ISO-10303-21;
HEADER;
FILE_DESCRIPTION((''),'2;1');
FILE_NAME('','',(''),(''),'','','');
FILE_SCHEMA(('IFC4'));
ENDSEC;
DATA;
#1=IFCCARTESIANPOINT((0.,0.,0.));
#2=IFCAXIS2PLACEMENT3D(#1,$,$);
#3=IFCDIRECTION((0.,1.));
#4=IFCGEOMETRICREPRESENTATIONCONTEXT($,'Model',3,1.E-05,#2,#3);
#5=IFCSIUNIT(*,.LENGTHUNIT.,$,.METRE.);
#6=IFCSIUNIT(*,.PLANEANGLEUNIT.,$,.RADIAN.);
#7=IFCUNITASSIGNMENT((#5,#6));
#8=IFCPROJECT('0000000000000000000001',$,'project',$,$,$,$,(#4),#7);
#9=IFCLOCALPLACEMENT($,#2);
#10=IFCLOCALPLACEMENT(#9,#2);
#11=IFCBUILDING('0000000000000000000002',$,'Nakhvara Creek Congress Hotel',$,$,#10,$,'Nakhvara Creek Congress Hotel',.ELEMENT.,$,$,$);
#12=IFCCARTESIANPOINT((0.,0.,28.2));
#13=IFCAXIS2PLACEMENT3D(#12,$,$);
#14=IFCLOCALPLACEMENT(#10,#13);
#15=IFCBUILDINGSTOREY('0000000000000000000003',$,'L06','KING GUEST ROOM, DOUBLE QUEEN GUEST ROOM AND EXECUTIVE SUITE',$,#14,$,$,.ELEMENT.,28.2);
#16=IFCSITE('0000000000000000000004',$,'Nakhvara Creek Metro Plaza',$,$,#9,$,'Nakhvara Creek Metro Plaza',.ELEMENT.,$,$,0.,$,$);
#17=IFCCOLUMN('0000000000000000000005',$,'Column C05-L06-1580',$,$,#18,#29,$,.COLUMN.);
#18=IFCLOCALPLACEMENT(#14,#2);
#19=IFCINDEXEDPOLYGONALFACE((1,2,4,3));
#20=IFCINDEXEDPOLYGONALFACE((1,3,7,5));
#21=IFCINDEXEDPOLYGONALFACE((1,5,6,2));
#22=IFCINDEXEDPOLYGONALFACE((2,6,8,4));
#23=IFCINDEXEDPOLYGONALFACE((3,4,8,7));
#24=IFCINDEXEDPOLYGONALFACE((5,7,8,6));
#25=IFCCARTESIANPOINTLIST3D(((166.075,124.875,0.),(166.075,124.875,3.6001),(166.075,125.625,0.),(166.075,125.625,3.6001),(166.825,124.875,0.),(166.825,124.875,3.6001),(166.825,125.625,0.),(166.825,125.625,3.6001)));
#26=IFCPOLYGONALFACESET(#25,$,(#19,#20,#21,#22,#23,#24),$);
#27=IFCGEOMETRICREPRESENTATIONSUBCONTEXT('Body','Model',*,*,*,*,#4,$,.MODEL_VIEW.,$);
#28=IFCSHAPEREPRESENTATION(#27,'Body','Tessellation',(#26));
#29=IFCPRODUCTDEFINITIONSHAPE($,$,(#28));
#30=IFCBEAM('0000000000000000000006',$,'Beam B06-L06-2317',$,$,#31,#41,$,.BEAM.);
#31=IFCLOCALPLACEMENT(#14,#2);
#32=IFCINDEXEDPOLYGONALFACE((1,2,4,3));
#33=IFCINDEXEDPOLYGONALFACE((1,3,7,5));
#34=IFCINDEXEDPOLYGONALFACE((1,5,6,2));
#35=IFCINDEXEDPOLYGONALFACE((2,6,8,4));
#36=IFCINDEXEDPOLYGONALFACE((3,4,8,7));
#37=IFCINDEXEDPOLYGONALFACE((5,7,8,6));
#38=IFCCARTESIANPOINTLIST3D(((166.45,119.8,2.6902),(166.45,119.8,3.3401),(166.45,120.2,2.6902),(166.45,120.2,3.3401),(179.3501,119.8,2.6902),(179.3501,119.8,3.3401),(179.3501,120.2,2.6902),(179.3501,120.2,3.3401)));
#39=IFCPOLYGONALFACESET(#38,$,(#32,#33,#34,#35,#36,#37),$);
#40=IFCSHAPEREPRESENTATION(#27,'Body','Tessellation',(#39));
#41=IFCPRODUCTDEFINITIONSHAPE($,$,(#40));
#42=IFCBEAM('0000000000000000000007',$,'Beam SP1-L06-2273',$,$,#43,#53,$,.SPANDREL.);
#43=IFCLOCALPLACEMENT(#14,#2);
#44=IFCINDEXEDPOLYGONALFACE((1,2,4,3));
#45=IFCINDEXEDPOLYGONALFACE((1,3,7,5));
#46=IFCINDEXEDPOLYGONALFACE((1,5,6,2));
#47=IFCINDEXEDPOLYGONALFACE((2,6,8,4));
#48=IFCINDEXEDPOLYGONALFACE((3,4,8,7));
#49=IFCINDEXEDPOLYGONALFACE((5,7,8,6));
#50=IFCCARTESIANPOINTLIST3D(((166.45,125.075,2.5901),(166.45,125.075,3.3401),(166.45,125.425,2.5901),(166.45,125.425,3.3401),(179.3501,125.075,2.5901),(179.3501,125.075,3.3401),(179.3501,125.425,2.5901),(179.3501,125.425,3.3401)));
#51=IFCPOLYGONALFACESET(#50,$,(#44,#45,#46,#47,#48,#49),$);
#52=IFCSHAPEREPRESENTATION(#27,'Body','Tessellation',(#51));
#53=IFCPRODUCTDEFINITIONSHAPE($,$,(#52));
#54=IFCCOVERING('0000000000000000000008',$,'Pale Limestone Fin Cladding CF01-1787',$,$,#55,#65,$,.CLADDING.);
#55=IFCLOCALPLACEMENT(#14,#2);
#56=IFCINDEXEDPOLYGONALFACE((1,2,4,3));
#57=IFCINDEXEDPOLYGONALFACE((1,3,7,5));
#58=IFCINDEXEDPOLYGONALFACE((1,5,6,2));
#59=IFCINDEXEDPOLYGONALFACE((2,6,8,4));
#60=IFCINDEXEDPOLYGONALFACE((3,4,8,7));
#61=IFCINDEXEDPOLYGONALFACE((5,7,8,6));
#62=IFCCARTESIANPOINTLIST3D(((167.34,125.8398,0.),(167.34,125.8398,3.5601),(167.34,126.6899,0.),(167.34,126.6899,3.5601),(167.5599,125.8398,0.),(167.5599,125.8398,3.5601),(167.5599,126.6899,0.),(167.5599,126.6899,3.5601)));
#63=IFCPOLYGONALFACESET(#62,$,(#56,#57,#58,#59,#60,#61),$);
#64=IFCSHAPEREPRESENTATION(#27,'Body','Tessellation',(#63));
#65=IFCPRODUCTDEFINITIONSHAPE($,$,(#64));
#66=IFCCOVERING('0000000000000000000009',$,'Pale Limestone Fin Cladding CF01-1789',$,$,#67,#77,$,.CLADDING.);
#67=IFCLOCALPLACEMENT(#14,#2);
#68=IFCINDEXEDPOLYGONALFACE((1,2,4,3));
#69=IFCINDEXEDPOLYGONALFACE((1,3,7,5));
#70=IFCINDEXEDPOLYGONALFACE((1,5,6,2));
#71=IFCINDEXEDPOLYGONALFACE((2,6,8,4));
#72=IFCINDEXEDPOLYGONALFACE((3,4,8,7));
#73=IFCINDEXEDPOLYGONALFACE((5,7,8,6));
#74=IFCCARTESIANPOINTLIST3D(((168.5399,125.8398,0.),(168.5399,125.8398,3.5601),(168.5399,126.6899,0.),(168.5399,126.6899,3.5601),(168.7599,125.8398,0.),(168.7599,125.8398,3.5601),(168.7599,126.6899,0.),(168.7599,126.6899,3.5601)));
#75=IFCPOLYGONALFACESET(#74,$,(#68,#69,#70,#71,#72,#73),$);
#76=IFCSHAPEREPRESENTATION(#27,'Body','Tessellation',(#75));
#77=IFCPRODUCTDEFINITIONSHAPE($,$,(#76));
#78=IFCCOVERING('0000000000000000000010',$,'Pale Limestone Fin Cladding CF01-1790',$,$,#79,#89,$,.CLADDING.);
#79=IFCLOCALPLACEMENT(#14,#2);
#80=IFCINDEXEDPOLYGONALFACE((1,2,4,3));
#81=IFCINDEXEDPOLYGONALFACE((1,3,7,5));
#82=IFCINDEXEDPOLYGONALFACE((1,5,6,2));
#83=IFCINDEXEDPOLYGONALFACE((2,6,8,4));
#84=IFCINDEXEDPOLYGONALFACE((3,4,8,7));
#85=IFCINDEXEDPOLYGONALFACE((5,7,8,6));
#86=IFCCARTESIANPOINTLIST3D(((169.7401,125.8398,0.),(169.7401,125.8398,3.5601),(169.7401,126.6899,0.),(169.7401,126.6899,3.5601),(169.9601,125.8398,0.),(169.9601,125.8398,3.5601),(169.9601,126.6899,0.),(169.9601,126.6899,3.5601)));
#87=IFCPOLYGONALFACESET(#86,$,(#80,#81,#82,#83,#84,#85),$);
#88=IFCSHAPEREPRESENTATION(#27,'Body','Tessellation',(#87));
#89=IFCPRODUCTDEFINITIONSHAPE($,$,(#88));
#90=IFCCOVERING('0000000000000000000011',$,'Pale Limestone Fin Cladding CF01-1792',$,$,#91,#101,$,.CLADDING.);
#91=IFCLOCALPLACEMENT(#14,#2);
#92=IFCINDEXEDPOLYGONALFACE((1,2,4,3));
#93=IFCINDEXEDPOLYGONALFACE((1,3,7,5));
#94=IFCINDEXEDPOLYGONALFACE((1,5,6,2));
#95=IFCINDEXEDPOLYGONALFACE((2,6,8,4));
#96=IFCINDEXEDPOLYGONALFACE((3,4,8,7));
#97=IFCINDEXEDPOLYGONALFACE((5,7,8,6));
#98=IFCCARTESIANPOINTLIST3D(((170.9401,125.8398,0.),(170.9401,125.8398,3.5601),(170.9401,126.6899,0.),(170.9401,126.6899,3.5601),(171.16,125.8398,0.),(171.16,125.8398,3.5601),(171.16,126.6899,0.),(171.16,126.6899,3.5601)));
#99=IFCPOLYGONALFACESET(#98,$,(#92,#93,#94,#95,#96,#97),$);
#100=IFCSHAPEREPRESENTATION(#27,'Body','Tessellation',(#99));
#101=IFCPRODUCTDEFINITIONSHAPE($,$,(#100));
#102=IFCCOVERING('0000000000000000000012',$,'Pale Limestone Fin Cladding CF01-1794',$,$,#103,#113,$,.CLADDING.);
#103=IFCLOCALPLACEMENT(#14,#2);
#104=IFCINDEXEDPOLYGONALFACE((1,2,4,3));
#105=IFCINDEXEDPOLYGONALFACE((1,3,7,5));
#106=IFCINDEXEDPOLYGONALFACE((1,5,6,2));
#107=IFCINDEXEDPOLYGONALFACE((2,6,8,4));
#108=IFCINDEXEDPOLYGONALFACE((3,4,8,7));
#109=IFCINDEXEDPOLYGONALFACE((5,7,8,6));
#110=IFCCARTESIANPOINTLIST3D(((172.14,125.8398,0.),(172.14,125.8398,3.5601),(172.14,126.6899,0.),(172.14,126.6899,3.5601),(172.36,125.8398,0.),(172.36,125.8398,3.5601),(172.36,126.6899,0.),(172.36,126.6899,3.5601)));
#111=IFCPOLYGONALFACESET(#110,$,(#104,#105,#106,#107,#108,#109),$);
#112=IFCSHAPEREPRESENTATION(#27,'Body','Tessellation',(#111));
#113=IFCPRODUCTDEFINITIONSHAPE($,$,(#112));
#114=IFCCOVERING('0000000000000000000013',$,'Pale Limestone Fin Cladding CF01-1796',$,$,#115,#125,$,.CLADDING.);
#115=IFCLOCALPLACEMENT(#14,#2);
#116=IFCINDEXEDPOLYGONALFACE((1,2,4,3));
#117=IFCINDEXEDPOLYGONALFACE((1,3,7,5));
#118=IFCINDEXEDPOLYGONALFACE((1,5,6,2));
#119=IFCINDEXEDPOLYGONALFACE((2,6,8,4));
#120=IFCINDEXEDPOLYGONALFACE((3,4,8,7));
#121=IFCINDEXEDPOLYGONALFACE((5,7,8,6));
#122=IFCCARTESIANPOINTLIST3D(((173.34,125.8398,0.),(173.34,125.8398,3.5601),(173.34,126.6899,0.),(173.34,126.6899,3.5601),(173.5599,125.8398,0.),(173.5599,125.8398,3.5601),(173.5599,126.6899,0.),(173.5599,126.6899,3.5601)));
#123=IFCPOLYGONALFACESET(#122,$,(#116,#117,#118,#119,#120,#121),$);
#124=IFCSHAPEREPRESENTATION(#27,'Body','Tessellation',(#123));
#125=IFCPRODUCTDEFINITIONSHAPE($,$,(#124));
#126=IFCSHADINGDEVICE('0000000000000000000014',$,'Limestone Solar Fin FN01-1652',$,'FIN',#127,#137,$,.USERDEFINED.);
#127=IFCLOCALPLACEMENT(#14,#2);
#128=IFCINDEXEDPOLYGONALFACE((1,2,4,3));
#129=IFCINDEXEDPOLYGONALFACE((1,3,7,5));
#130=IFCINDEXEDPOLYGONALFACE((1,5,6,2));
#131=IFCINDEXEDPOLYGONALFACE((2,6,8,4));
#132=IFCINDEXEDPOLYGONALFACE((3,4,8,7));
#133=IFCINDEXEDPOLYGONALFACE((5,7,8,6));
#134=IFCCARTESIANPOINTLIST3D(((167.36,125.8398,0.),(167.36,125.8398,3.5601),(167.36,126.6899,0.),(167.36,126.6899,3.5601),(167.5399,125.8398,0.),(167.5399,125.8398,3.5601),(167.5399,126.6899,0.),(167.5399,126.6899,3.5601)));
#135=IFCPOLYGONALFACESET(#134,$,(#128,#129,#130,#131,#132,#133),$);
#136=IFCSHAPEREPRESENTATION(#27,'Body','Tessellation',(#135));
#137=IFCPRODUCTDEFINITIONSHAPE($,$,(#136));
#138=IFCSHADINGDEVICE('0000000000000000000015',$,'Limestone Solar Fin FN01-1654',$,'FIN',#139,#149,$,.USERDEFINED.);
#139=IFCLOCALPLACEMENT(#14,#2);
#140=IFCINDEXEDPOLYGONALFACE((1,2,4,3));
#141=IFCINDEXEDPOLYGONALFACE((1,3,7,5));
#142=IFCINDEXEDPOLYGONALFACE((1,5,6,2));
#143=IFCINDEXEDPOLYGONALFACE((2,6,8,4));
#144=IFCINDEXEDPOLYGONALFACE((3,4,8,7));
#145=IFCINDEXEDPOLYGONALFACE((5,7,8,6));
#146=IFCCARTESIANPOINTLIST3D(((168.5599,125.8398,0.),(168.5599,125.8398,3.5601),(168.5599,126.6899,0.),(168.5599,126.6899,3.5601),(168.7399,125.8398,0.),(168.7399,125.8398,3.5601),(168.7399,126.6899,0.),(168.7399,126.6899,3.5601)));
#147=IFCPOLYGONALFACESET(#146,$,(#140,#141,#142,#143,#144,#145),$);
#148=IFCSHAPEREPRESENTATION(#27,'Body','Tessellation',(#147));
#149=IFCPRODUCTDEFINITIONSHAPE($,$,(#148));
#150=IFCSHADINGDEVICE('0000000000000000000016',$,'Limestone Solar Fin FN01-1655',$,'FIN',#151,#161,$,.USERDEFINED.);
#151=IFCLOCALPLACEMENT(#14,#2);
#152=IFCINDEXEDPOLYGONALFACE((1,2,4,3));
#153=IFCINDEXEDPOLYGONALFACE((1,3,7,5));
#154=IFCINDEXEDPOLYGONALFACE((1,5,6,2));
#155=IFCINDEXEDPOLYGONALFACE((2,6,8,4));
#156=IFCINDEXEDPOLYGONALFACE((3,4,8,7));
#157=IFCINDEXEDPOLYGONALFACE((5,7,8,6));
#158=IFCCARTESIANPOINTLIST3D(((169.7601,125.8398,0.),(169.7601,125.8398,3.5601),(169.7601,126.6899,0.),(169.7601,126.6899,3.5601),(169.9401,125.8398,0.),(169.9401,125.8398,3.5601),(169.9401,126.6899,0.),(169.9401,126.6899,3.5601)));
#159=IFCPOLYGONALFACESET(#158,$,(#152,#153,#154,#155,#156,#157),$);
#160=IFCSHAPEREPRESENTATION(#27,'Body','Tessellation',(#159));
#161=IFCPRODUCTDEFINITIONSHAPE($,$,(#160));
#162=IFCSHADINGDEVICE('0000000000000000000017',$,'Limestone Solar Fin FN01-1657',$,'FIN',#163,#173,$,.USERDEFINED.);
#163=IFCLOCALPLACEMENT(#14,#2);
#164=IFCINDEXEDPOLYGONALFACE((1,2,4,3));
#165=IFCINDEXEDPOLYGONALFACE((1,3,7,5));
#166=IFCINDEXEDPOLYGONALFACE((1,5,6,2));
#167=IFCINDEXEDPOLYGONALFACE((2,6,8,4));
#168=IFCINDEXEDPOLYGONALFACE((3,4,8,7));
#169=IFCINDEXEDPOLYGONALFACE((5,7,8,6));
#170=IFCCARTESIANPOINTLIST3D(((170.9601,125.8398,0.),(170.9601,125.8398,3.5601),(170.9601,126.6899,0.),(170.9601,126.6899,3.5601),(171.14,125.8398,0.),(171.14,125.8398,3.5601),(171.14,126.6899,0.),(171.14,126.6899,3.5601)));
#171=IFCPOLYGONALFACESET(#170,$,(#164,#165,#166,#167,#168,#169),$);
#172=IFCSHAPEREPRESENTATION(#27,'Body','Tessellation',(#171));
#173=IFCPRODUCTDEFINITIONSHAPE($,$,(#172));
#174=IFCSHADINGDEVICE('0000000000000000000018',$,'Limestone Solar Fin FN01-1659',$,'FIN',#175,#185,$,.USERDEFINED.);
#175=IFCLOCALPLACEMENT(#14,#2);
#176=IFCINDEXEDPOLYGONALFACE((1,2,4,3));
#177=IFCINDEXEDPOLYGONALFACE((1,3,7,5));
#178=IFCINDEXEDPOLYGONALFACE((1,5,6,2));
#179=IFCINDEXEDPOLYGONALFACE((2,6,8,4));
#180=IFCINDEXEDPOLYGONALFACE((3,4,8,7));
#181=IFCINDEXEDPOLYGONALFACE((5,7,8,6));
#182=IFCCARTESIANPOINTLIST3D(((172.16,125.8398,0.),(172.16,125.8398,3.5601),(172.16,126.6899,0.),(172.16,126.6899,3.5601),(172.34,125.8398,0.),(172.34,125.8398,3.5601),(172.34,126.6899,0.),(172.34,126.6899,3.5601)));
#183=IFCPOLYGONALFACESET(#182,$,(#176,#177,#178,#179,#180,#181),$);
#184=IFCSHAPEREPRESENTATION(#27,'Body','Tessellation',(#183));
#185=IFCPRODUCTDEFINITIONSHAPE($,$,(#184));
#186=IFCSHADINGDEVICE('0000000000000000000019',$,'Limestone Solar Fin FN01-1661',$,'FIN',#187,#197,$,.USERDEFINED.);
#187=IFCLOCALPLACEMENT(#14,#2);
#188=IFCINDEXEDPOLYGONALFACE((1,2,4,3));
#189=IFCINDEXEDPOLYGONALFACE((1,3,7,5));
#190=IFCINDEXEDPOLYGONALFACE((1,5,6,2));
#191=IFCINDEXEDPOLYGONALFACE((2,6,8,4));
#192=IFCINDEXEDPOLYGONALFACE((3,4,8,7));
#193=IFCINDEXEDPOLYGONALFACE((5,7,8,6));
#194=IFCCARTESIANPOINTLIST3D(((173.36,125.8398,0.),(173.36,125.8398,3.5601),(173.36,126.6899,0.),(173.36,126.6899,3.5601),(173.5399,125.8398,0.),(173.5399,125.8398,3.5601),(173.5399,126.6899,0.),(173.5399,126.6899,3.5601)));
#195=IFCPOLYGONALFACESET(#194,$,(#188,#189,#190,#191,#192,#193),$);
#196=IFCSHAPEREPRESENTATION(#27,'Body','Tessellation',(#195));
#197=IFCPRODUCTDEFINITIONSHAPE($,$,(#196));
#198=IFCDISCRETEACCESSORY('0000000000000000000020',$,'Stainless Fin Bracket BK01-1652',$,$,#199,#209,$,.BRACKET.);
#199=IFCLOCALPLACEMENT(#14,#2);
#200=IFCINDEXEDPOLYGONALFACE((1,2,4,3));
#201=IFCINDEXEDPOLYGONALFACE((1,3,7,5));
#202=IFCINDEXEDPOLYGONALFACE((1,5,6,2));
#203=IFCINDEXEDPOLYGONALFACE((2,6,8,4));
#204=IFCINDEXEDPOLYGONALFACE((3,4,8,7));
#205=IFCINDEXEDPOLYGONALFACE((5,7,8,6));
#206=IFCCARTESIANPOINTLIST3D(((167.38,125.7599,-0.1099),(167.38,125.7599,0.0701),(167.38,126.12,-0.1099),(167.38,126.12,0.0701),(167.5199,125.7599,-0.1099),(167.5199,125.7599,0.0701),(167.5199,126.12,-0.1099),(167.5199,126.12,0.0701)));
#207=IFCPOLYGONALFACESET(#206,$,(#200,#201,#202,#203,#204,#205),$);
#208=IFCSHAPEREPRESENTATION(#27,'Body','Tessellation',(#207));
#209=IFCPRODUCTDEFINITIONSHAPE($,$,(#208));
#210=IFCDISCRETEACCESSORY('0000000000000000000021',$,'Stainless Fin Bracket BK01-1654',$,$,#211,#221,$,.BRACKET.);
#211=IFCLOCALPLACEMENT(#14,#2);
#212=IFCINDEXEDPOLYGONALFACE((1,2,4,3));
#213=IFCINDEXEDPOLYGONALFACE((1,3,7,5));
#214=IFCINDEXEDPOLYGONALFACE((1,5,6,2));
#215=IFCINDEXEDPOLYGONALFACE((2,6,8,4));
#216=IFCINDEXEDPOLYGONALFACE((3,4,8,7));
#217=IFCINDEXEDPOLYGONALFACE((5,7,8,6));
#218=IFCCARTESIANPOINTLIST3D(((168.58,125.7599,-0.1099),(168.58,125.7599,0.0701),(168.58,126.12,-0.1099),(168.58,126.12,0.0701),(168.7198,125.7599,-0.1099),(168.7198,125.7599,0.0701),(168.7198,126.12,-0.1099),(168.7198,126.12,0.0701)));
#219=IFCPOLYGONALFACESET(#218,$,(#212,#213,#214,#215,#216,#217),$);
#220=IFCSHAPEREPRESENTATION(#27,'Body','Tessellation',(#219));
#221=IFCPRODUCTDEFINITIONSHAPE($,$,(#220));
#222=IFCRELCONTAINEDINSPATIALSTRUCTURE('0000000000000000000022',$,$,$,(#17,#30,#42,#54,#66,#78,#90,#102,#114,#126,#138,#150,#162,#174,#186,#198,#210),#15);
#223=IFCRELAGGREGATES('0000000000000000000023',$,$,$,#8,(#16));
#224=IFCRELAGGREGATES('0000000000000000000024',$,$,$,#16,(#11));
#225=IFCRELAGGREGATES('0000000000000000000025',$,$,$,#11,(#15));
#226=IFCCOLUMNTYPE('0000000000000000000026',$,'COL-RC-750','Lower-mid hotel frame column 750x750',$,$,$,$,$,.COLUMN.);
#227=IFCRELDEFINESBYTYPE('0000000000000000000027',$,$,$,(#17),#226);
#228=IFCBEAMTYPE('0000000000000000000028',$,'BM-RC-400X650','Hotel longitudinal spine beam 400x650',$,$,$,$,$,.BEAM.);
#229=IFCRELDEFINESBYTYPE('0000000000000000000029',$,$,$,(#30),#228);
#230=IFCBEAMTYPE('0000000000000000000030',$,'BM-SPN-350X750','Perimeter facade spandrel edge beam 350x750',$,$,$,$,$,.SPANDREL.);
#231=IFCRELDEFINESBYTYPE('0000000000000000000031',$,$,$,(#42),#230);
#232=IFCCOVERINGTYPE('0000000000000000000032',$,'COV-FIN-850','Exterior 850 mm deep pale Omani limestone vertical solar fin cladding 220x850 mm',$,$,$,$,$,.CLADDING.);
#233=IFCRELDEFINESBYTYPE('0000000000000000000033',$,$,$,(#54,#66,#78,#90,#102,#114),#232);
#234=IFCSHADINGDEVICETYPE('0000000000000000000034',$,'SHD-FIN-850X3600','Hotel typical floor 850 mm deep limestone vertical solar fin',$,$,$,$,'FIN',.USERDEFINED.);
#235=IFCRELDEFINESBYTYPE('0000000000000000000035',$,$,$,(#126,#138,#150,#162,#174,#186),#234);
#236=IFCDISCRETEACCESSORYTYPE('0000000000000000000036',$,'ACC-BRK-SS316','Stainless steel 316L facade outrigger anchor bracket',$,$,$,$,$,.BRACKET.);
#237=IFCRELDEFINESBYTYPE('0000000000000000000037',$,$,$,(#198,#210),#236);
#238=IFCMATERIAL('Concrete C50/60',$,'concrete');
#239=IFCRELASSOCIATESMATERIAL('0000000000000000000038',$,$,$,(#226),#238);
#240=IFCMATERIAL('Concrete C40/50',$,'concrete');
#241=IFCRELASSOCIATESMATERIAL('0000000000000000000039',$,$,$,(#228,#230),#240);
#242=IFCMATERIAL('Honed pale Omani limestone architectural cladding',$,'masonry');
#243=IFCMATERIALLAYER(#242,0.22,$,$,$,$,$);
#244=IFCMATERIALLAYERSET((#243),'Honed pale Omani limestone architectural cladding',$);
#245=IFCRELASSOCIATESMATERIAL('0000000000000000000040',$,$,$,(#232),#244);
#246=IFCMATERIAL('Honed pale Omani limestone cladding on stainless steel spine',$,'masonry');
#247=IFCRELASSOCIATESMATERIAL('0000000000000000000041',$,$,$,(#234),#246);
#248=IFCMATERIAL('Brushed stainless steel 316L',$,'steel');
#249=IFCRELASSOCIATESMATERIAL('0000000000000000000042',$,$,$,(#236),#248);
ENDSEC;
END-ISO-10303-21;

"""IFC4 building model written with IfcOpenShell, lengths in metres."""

from ifc_helpers import new_model, si_unit, direction, frame, origin, origin_2d, place, context, subcontext, project, spatial, rectangle, extrude, material, layer, layer_set, material_profile, profile_set, type_object, element, save


model = new_model("IFC4")

# Units and contexts
model_context = context("Model", 3, precision=1e-05, world=origin(), true_north=direction((0.0, 1.0)))
body_context = subcontext(model_context, "Body", "Model", "MODEL_VIEW")
ifc_project = project(units=[si_unit("LENGTHUNIT", "METRE"), si_unit("PLANEANGLEUNIT", "RADIAN")], contexts=[model_context])

# Site, building, storey
site_placement = place(None, origin())
site = spatial("IfcSite", under=ifc_project, at=site_placement, Name="Nakhvara Creek Metro Plaza", LongName="Nakhvara Creek Metro Plaza", CompositionType="ELEMENT", RefElevation=0.0)
building_placement = place(site_placement, origin())
building = spatial("IfcBuilding", under=site, at=building_placement, Name="Nakhvara Creek Congress Hotel", LongName="Nakhvara Creek Congress Hotel", CompositionType="ELEMENT")
storey_placement = place(building_placement, frame((0.0, 0.0, 28.2)))
storey = spatial("IfcBuildingStorey", under=building, at=storey_placement, Name="L06", Description="KING GUEST ROOM, DOUBLE QUEEN GUEST ROOM AND EXECUTIVE SUITE", CompositionType="ELEMENT", Elevation=28.2)

# Column
ifc_material_1 = material(Name="Concrete C50/60", Category="concrete")
ifc_material_profile_1 = material_profile(ifc_material_1, rectangle(XDim=0.75, YDim=0.75, at=origin_2d()), Name="RC-COL 750x750", Category="LoadBearing")
ifc_profile_set_1 = profile_set([ifc_material_profile_1], Name="Concrete C50/60")
column_type = type_object("IfcColumnType", Name="COL-RC-750", Description="Lower-mid hotel frame column 750x750", PredefinedType="COLUMN", material=ifc_profile_set_1)
column_placement = place(storey_placement, frame((166.45, 125.25, 0.0), z_axis=(0.0, 0.0, 1.0), x_axis=(1.0, 0.0, 0.0)))
element("IfcColumn", 1, at=column_placement, inside=storey, type_object=column_type, Name="Column C05-L06-1580", PredefinedType="COLUMN", context=body_context, shape_type="SweptSolid", body=[
    extrude(rectangle(XDim=0.75, YDim=0.75, at=origin_2d()), origin(), (0.0, 0.0, 1.0), 3.6001),
])

# Beams
ifc_material_2 = material(Name="Concrete C40/50", Category="concrete")
ifc_material_profile_2 = material_profile(ifc_material_2, rectangle(XDim=0.3999, YDim=0.6499, at=origin_2d()), Name="RC-BM 400x650", Category="LoadBearing")
ifc_profile_set_2 = profile_set([ifc_material_profile_2], Name="Concrete C40/50")
beam_type_1 = type_object("IfcBeamType", Name="BM-RC-400X650", Description="Hotel longitudinal spine beam 400x650", PredefinedType="BEAM", material=ifc_profile_set_2)
beam_1_placement = place(storey_placement, frame((166.45, 120.0, 3.0151), z_axis=(1.0, 0.0, 0.0), x_axis=(0.0, 1.0, 0.0)))
element("IfcBeam", 2, at=beam_1_placement, inside=storey, type_object=beam_type_1, Name="Beam B06-L06-2317", PredefinedType="BEAM", context=body_context, shape_type="SweptSolid", body=[
    extrude(rectangle(XDim=0.3999, YDim=0.6499, at=origin_2d()), origin(), (0.0, 0.0, 1.0), 12.9001),
])
ifc_material_profile_3 = material_profile(ifc_material_2, rectangle(XDim=0.3501, YDim=0.75, at=origin_2d()), Name="RC-SPANDREL 350x750", Category="LoadBearing")
ifc_profile_set_3 = profile_set([ifc_material_profile_3], Name="Concrete C40/50")
beam_type_2 = type_object("IfcBeamType", Name="BM-SPN-350X750", Description="Perimeter facade spandrel edge beam 350x750", PredefinedType="SPANDREL", material=ifc_profile_set_3)
beam_2_placement = place(storey_placement, frame((166.45, 125.25, 2.9651), z_axis=(1.0, 0.0, 0.0), x_axis=(0.0, 1.0, 0.0)))
element("IfcBeam", 3, at=beam_2_placement, inside=storey, type_object=beam_type_2, Name="Beam SP1-L06-2273", PredefinedType="SPANDREL", context=body_context, shape_type="SweptSolid", body=[
    extrude(rectangle(XDim=0.3501, YDim=0.75, at=origin_2d()), origin(), (0.0, 0.0, 1.0), 12.9001),
])

# Coverings
ifc_material_3 = material(Name="Honed pale Omani limestone architectural cladding", Category="masonry")
ifc_layer_1 = layer(ifc_material_3, 0.22)
ifc_layer_set_1 = layer_set([ifc_layer_1], Name="Honed pale Omani limestone architectural cladding")
covering_type = type_object("IfcCoveringType", Name="COV-FIN-850", Description="Exterior 850 mm deep pale Omani limestone vertical solar fin cladding 220x850 mm", PredefinedType="CLADDING", material=ifc_layer_set_1)
for number, where, z_axis, x_axis, name in (
    (4, (167.45, 126.2649, 0.0), (0.0, 0.0, 1.0), (1.0, 0.0, 0.0), "Pale Limestone Fin Cladding CF01-1787"),
    (5, (168.6499, 126.2649, 0.0), (0.0, 0.0, 1.0), (1.0, 0.0, 0.0), "Pale Limestone Fin Cladding CF01-1789"),
    (6, (169.8501, 126.2649, 0.0), (0.0, 0.0, 1.0), (1.0, 0.0, 0.0), "Pale Limestone Fin Cladding CF01-1790"),
    (7, (171.05, 126.2649, 0.0), (0.0, 0.0, 1.0), (1.0, 0.0, 0.0), "Pale Limestone Fin Cladding CF01-1792"),
    (8, (172.25, 126.2649, 0.0), (0.0, 0.0, 1.0), (1.0, 0.0, 0.0), "Pale Limestone Fin Cladding CF01-1794"),
    (9, (173.45, 126.2649, 0.0), (0.0, 0.0, 1.0), (1.0, 0.0, 0.0), "Pale Limestone Fin Cladding CF01-1796"),
):
    element("IfcCovering", number, at=place(storey_placement, frame(where, z_axis=z_axis, x_axis=x_axis)), inside=storey, type_object=covering_type, Name=name, PredefinedType="CLADDING", context=body_context, shape_type="SweptSolid", body=[
        extrude(rectangle(XDim=0.22, YDim=0.8501, at=origin_2d()), origin(), (0.0, 0.0, 1.0), 3.5601),
    ])

# Shading devices
ifc_material_4 = material(Name="Honed pale Omani limestone cladding on stainless steel spine", Category="masonry")
shading_device_type = type_object("IfcShadingDeviceType", Name="SHD-FIN-850X3600", Description="Hotel typical floor 850 mm deep limestone vertical solar fin", ElementType="FIN", PredefinedType="USERDEFINED", material=ifc_material_4)
for number, where, z_axis, x_axis, name in (
    (10, (167.45, 126.2649, 0.0), (0.0, 0.0, 1.0), (1.0, 0.0, 0.0), "Limestone Solar Fin FN01-1652"),
    (11, (168.6499, 126.2649, 0.0), (0.0, 0.0, 1.0), (1.0, 0.0, 0.0), "Limestone Solar Fin FN01-1654"),
    (12, (169.8501, 126.2649, 0.0), (0.0, 0.0, 1.0), (1.0, 0.0, 0.0), "Limestone Solar Fin FN01-1655"),
    (13, (171.05, 126.2649, 0.0), (0.0, 0.0, 1.0), (1.0, 0.0, 0.0), "Limestone Solar Fin FN01-1657"),
    (14, (172.25, 126.2649, 0.0), (0.0, 0.0, 1.0), (1.0, 0.0, 0.0), "Limestone Solar Fin FN01-1659"),
    (15, (173.45, 126.2649, 0.0), (0.0, 0.0, 1.0), (1.0, 0.0, 0.0), "Limestone Solar Fin FN01-1661"),
):
    element("IfcShadingDevice", number, at=place(storey_placement, frame(where, z_axis=z_axis, x_axis=x_axis)), inside=storey, type_object=shading_device_type, Name=name, ObjectType="FIN", PredefinedType="USERDEFINED", context=body_context, shape_type="SweptSolid", body=[
        extrude(rectangle(XDim=0.1799, YDim=0.8501, at=origin_2d()), origin(), (0.0, 0.0, 1.0), 3.5601),
    ])

# Discrete accessories
ifc_material_5 = material(Name="Brushed stainless steel 316L", Category="steel")
discrete_accessory_type = type_object("IfcDiscreteAccessoryType", Name="ACC-BRK-SS316", Description="Stainless steel 316L facade outrigger anchor bracket", PredefinedType="BRACKET", material=ifc_material_5)
for number, where, z_axis, x_axis, name in (
    (16, (167.45, 125.9399, -0.1099), (0.0, 0.0, 1.0), (1.0, 0.0, 0.0), "Stainless Fin Bracket BK01-1652"),
    (17, (168.6499, 125.9399, -0.1099), (0.0, 0.0, 1.0), (1.0, 0.0, 0.0), "Stainless Fin Bracket BK01-1654"),
):
    element("IfcDiscreteAccessory", number, at=place(storey_placement, frame(where, z_axis=z_axis, x_axis=x_axis)), inside=storey, type_object=discrete_accessory_type, Name=name, PredefinedType="BRACKET", context=body_context, shape_type="SweptSolid", body=[
        extrude(rectangle(XDim=0.1399, YDim=0.3601, at=origin_2d()), origin(), (0.0, 0.0, 1.0), 0.1799),
    ])

save(model, "model.ifc")
